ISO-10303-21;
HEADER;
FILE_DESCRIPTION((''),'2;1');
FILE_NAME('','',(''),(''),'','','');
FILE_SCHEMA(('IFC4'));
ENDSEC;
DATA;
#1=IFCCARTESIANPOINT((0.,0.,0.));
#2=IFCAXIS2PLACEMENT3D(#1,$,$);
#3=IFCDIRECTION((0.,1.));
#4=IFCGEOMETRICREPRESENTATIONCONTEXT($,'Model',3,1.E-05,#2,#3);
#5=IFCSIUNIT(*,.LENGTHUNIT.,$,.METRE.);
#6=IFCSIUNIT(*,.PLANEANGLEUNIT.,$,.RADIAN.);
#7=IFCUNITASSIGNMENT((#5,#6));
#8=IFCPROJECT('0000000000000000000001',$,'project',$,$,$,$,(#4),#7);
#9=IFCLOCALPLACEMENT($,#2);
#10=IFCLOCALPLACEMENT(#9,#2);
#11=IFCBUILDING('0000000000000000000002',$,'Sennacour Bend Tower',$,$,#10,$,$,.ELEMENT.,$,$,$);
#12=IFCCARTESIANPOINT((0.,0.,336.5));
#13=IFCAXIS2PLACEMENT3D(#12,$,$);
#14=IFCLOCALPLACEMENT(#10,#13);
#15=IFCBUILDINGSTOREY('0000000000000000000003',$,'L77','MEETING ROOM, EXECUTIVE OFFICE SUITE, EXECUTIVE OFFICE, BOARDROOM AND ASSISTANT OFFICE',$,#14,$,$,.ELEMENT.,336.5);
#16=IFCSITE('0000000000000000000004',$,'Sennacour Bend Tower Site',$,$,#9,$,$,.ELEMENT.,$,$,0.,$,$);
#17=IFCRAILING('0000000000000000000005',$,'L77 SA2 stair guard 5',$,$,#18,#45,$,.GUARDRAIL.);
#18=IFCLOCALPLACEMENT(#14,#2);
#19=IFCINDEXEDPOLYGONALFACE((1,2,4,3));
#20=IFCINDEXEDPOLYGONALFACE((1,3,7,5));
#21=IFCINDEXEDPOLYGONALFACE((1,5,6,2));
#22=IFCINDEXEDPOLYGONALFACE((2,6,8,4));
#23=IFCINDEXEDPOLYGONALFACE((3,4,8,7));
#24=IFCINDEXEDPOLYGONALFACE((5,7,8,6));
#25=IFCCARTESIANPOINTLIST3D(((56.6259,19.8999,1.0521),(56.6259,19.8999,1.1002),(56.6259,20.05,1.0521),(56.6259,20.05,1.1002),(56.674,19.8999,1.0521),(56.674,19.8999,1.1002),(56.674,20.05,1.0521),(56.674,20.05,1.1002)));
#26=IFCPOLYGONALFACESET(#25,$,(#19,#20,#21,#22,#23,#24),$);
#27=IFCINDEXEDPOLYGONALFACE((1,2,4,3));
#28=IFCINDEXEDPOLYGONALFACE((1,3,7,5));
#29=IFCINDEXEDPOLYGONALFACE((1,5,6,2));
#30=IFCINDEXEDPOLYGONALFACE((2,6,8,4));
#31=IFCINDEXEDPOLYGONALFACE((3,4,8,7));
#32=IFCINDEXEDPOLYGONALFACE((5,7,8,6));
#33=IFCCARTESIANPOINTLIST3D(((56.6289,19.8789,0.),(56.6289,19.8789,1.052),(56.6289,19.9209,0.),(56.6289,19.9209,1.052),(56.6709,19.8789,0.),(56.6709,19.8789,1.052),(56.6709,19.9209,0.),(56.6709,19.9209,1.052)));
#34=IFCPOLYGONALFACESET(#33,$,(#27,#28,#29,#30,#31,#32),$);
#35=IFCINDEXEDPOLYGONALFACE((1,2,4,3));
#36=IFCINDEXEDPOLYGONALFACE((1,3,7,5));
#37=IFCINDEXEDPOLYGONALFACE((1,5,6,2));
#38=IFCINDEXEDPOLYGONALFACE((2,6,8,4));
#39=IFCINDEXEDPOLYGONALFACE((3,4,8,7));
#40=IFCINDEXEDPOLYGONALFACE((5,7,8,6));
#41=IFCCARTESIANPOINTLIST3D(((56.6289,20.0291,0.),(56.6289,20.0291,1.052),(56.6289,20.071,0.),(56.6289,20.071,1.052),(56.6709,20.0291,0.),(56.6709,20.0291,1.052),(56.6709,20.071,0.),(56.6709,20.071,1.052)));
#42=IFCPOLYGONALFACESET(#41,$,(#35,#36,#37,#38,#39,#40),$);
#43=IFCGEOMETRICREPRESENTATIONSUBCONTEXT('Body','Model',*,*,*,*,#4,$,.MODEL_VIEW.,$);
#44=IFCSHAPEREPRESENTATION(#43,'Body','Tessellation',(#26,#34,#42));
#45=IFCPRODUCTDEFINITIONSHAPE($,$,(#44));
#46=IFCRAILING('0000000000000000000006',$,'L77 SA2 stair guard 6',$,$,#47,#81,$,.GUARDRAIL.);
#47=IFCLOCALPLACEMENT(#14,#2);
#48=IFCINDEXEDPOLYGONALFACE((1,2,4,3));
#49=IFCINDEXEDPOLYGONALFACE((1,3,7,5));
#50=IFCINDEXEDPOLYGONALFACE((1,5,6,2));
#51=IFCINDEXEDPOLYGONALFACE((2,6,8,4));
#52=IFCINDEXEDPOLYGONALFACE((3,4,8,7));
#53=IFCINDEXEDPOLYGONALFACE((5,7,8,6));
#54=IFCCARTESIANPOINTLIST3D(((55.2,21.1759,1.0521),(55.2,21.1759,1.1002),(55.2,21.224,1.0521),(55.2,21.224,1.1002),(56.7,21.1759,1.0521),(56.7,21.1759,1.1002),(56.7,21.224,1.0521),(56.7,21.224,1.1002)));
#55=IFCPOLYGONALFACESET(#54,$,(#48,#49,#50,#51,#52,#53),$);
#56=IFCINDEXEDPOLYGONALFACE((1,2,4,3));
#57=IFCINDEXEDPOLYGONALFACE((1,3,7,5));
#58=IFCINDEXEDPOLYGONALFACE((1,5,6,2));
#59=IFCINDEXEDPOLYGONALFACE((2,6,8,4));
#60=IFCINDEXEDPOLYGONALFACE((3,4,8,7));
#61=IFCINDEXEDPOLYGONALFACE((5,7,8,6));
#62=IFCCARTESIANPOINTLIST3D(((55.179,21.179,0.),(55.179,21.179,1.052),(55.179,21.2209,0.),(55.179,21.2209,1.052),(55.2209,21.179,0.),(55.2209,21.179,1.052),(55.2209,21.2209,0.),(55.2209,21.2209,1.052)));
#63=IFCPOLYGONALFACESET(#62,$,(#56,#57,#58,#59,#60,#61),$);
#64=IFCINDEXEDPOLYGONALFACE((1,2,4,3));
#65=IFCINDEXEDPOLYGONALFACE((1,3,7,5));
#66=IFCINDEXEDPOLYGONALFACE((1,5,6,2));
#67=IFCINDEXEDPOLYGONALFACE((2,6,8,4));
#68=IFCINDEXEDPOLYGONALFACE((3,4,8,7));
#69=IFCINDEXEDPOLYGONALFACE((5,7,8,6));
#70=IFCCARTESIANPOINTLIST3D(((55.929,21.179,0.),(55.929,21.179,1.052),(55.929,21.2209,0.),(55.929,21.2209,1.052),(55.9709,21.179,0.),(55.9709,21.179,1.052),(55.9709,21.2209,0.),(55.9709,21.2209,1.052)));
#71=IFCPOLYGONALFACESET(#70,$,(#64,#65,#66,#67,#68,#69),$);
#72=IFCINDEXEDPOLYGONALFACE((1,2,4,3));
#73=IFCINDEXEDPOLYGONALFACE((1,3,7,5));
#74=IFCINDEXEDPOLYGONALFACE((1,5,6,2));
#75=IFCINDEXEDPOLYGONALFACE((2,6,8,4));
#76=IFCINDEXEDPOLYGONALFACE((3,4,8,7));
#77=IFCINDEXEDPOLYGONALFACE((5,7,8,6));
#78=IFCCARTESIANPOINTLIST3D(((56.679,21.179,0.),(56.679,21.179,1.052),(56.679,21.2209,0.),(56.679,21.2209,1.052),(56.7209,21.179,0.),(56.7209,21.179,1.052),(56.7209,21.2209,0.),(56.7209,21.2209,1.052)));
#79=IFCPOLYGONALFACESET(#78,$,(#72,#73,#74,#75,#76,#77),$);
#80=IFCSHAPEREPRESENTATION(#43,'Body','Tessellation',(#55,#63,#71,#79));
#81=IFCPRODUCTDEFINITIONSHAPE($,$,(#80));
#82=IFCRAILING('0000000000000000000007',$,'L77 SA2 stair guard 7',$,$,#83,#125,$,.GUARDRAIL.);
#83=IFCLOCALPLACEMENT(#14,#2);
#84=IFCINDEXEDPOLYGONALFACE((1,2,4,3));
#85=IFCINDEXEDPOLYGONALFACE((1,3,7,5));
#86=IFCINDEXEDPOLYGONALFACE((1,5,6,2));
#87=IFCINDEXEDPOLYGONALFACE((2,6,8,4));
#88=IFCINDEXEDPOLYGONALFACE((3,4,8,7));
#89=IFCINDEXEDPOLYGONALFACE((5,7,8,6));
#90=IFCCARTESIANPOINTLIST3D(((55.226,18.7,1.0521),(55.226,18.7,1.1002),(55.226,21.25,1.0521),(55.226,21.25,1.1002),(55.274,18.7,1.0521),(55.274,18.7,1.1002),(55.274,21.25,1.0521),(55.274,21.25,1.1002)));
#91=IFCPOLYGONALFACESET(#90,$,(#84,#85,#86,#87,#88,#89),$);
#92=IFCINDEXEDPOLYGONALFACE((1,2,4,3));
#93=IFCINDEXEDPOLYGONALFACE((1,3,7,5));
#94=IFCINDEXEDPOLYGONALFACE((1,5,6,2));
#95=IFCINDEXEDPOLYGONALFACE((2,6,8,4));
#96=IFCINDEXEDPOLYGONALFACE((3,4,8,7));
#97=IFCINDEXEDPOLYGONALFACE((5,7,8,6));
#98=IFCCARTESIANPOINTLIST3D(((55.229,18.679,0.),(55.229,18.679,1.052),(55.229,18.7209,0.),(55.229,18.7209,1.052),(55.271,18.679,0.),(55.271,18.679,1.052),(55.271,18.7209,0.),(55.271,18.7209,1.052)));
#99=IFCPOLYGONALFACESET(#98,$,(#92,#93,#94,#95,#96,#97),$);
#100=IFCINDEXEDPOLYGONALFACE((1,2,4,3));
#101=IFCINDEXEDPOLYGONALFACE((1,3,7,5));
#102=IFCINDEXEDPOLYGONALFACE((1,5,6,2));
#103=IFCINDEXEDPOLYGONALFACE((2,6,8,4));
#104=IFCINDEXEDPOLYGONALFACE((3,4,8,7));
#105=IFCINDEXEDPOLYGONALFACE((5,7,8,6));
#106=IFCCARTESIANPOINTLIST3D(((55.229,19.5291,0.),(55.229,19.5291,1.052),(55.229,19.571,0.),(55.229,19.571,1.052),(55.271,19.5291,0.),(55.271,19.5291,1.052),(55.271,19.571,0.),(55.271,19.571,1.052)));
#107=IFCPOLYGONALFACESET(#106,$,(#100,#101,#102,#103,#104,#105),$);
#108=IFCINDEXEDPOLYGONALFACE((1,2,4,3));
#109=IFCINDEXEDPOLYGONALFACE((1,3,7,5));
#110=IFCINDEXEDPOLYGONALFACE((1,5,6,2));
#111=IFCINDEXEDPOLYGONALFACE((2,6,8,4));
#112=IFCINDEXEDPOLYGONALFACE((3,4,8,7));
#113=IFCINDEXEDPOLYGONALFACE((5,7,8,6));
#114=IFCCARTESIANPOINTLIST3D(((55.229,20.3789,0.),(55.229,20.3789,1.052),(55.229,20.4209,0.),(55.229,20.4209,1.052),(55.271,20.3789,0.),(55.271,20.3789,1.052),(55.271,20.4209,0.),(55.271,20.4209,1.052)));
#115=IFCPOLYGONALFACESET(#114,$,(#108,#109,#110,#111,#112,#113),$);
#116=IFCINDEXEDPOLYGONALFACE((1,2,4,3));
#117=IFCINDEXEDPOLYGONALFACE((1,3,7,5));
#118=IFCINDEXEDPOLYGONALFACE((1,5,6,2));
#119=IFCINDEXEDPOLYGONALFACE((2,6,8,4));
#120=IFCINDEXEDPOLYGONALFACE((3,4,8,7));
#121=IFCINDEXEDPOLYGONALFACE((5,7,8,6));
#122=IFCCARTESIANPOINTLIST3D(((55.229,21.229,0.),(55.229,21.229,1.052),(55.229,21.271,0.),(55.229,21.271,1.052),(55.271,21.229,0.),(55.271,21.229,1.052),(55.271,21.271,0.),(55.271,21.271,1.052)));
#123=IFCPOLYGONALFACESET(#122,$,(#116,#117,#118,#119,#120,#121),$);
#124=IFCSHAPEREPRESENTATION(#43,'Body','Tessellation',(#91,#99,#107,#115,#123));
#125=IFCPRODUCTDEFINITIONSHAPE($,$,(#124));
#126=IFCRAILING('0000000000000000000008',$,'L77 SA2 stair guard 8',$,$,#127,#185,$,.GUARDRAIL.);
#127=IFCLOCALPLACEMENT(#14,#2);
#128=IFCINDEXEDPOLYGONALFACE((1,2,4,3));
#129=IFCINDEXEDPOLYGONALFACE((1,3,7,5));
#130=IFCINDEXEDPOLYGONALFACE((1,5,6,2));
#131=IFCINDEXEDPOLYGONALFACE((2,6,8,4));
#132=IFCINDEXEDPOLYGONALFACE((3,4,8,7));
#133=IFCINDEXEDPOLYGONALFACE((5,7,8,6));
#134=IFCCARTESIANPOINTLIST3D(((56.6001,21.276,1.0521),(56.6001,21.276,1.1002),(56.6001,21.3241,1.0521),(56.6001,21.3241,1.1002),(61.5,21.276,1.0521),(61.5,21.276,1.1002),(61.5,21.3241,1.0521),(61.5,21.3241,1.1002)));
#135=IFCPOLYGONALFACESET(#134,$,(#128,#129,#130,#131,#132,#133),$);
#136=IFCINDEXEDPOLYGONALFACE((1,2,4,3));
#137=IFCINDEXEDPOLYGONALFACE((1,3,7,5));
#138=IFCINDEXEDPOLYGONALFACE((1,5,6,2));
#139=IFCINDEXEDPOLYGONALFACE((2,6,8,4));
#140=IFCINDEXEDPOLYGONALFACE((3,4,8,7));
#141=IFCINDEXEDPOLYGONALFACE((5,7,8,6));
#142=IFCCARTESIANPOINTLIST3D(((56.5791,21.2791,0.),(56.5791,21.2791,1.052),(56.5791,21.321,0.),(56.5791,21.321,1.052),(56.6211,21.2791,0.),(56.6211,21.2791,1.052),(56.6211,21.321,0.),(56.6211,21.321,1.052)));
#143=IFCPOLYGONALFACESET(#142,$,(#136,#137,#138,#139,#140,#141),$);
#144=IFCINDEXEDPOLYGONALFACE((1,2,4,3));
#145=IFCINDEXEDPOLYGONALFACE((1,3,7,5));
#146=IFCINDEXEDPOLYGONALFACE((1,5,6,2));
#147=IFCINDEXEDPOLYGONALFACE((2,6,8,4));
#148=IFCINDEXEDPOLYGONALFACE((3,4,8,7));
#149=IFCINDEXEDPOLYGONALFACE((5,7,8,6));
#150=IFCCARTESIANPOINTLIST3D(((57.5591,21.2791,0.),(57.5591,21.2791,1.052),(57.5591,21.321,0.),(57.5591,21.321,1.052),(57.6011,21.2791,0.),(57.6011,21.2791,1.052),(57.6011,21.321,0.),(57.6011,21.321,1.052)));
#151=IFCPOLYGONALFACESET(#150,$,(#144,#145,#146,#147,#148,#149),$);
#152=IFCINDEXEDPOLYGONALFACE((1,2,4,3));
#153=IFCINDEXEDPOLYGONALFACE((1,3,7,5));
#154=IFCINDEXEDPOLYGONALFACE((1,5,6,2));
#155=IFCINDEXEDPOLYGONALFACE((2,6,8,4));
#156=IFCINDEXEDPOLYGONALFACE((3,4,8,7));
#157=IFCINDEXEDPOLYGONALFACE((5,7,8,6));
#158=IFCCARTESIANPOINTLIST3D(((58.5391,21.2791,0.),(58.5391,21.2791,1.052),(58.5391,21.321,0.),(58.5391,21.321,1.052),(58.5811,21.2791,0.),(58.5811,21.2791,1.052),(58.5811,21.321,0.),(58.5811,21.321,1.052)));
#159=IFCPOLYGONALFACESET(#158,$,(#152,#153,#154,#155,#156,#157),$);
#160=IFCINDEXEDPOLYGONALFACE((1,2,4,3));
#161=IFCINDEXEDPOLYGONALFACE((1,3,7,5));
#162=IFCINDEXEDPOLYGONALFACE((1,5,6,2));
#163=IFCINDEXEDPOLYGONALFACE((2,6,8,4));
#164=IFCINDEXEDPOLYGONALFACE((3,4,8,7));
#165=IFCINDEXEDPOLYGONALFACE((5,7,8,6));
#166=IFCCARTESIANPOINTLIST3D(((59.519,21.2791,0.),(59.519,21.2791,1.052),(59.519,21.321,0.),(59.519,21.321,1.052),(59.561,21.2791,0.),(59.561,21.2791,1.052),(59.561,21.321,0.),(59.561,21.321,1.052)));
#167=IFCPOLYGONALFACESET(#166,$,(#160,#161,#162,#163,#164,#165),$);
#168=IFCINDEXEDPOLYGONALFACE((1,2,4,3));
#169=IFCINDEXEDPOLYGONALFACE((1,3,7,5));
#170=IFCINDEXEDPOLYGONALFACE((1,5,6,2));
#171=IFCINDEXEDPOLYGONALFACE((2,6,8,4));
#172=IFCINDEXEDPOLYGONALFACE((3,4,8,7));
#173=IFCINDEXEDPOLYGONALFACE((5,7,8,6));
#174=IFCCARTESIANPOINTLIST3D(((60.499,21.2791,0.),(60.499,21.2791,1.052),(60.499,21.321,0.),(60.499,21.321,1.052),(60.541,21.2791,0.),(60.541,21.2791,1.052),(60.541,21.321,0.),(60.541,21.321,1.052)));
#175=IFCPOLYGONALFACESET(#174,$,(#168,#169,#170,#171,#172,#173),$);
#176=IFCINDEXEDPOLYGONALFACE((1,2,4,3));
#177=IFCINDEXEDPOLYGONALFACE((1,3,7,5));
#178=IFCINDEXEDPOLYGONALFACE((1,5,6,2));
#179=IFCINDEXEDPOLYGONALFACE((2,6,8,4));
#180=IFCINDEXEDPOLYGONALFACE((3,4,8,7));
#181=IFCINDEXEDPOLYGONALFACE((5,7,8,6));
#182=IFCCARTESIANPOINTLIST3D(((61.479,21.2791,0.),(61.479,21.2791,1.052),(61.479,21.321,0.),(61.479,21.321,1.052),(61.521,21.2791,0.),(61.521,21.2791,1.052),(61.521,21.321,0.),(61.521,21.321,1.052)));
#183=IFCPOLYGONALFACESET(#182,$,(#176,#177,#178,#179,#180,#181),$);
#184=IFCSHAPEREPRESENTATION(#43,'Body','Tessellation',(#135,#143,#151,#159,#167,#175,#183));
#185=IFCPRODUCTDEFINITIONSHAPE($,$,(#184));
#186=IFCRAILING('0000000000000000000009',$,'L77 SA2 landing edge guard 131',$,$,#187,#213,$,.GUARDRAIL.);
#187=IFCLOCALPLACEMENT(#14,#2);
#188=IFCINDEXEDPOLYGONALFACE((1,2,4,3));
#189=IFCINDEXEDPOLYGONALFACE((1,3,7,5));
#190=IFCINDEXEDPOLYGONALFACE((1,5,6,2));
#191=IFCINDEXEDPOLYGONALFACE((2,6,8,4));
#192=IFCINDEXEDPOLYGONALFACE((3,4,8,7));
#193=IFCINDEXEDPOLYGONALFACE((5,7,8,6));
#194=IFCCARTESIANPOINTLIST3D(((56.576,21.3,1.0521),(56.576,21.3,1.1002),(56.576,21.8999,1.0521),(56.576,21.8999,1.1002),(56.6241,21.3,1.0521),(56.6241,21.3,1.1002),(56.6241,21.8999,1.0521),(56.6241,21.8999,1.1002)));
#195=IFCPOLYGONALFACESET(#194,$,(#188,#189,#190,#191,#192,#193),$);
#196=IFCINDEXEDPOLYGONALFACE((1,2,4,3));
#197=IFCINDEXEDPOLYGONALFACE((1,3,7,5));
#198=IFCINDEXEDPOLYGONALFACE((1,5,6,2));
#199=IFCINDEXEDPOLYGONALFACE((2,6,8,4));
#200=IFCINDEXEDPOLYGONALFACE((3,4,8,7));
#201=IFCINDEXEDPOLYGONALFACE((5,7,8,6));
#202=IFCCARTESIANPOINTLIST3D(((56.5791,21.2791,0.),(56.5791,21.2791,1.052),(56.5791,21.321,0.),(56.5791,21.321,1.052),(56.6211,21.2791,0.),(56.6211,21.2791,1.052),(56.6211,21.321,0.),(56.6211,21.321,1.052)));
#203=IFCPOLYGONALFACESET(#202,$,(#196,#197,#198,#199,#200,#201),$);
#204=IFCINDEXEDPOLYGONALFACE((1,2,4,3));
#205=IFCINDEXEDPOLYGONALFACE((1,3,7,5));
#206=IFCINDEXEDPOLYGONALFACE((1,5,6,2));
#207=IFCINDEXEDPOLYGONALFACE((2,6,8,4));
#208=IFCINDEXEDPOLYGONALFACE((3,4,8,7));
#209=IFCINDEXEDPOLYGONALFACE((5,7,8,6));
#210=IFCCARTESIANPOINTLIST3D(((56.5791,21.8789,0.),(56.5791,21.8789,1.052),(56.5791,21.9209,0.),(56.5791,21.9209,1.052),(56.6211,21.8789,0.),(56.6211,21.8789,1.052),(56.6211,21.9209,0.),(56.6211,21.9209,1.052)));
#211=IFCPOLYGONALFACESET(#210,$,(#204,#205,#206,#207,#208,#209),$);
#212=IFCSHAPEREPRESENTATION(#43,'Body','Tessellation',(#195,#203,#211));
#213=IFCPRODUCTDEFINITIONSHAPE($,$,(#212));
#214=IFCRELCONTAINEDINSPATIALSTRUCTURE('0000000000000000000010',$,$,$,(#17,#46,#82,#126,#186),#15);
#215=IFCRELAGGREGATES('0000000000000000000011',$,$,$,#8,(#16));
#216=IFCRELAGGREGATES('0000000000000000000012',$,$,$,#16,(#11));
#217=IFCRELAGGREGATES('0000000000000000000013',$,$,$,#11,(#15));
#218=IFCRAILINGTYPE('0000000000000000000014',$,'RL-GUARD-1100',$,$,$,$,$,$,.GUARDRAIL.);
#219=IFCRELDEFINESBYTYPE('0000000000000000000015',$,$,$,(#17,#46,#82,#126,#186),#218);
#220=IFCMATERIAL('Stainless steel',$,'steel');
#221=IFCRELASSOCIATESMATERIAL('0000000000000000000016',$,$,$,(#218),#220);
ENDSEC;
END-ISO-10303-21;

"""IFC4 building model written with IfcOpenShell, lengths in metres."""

from ifc_helpers import new_model, si_unit, direction, frame, origin, origin_2d, place, context, subcontext, project, spatial, rectangle, extrude, material, type_object, element, save


model = new_model("IFC4")

# Units and contexts
model_context = context("Model", 3, precision=1e-05, world=origin(), true_north=direction((0.0, 1.0)))
body_context = subcontext(model_context, "Body", "Model", "MODEL_VIEW")
ifc_project = project(units=[si_unit("LENGTHUNIT", "METRE"), si_unit("PLANEANGLEUNIT", "RADIAN")], contexts=[model_context])

# Site, building, storey
site_placement = place(None, origin())
site = spatial("IfcSite", under=ifc_project, at=site_placement, Name="Sennacour Bend Tower Site", CompositionType="ELEMENT", RefElevation=0.0)
building_placement = place(site_placement, origin())
building = spatial("IfcBuilding", under=site, at=building_placement, Name="Sennacour Bend Tower", CompositionType="ELEMENT")
storey_placement = place(building_placement, frame((0.0, 0.0, 336.5)))
storey = spatial("IfcBuildingStorey", under=building, at=storey_placement, Name="L77", Description="MEETING ROOM, EXECUTIVE OFFICE SUITE, EXECUTIVE OFFICE, BOARDROOM AND ASSISTANT OFFICE", CompositionType="ELEMENT", Elevation=336.5)

# Shared definitions
ifc_material_1 = material(Name="Stainless steel", Category="steel")

# Railings
railing_type = type_object("IfcRailingType", Name="RL-GUARD-1100", PredefinedType="GUARDRAIL", material=ifc_material_1)
railing_1_placement = place(storey_placement, frame((56.6499, 19.8999, 0.0)))
element("IfcRailing", 1, at=railing_1_placement, inside=storey, type_object=railing_type, Name="L77 SA2 stair guard 5", PredefinedType="GUARDRAIL", context=body_context, shape_type="SweptSolid", body=[
    extrude(rectangle(XDim=0.0481, YDim=0.0481, at=origin_2d()), frame((0.0, 0.0, 1.0762), z_axis=(0.0, 1.0, 0.0), x_axis=(-1.0, 0.0, 0.0)), (0.0, 0.0, 1.0), 0.1501),
    extrude(rectangle(XDim=0.042, YDim=0.042, at=origin_2d()), origin(), (0.0, 0.0, 1.0), 1.052),
    extrude(rectangle(XDim=0.042, YDim=0.042, at=origin_2d()), frame((0.0, 0.1501, 0.0)), (0.0, 0.0, 1.0), 1.052),
])
railing_2_placement = place(storey_placement, frame((55.2, 21.2, 0.0)))
element("IfcRailing", 2, at=railing_2_placement, inside=storey, type_object=railing_type, Name="L77 SA2 stair guard 6", PredefinedType="GUARDRAIL", context=body_context, shape_type="SweptSolid", body=[
    extrude(rectangle(XDim=0.0481, YDim=0.0481, at=origin_2d()), frame((0.0, 0.0, 1.0762), z_axis=(1.0, 0.0, 0.0), x_axis=(0.0, 1.0, 0.0)), (0.0, 0.0, 1.0), 1.5),
    extrude(rectangle(XDim=0.042, YDim=0.042, at=origin_2d()), origin(), (0.0, 0.0, 1.0), 1.052),
    extrude(rectangle(XDim=0.042, YDim=0.042, at=origin_2d()), frame((0.75, 0.0, 0.0)), (0.0, 0.0, 1.0), 1.052),
    extrude(rectangle(XDim=0.042, YDim=0.042, at=origin_2d()), frame((1.5, 0.0, 0.0)), (0.0, 0.0, 1.0), 1.052),
])
railing_3_placement = place(storey_placement, frame((55.25, 18.7, 0.0)))
element("IfcRailing", 3, at=railing_3_placement, inside=storey, type_object=railing_type, Name="L77 SA2 stair guard 7", PredefinedType="GUARDRAIL", context=body_context, shape_type="SweptSolid", body=[
    extrude(rectangle(XDim=0.0481, YDim=0.0481, at=origin_2d()), frame((0.0, 0.0, 1.0762), z_axis=(0.0, 1.0, 0.0), x_axis=(-1.0, 0.0, 0.0)), (0.0, 0.0, 1.0), 2.55),
    extrude(rectangle(XDim=0.042, YDim=0.042, at=origin_2d()), origin(), (0.0, 0.0, 1.0), 1.052),
    extrude(rectangle(XDim=0.042, YDim=0.042, at=origin_2d()), frame((0.0, 0.8501, 0.0)), (0.0, 0.0, 1.0), 1.052),
    extrude(rectangle(XDim=0.042, YDim=0.042, at=origin_2d()), frame((0.0, 1.7, 0.0)), (0.0, 0.0, 1.0), 1.052),
    extrude(rectangle(XDim=0.042, YDim=0.042, at=origin_2d()), frame((0.0, 2.55, 0.0)), (0.0, 0.0, 1.0), 1.052),
])
railing_4_placement = place(storey_placement, frame((56.6001, 21.3, 0.0)))
element("IfcRailing", 4, at=railing_4_placement, inside=storey, type_object=railing_type, Name="L77 SA2 stair guard 8", PredefinedType="GUARDRAIL", context=body_context, shape_type="SweptSolid", body=[
    extrude(rectangle(XDim=0.0481, YDim=0.0481, at=origin_2d()), frame((0.0, 0.0, 1.0762), z_axis=(1.0, 0.0, 0.0), x_axis=(0.0, 1.0, 0.0)), (0.0, 0.0, 1.0), 4.8999),
    extrude(rectangle(XDim=0.042, YDim=0.042, at=origin_2d()), origin(), (0.0, 0.0, 1.0), 1.052),
    extrude(rectangle(XDim=0.042, YDim=0.042, at=origin_2d()), frame((0.98, 0.0, 0.0)), (0.0, 0.0, 1.0), 1.052),
    extrude(rectangle(XDim=0.042, YDim=0.042, at=origin_2d()), frame((1.96, 0.0, 0.0)), (0.0, 0.0, 1.0), 1.052),
    extrude(rectangle(XDim=0.042, YDim=0.042, at=origin_2d()), frame((2.9399, 0.0, 0.0)), (0.0, 0.0, 1.0), 1.052),
    extrude(rectangle(XDim=0.042, YDim=0.042, at=origin_2d()), frame((3.9199, 0.0, 0.0)), (0.0, 0.0, 1.0), 1.052),
    extrude(rectangle(XDim=0.042, YDim=0.042, at=origin_2d()), frame((4.8999, 0.0, 0.0)), (0.0, 0.0, 1.0), 1.052),
])
railing_5_placement = place(storey_placement, frame((56.6001, 21.3, 0.0)))
element("IfcRailing", 5, at=railing_5_placement, inside=storey, type_object=railing_type, Name="L77 SA2 landing edge guard 131", PredefinedType="GUARDRAIL", context=body_context, shape_type="SweptSolid", body=[
    extrude(rectangle(XDim=0.0481, YDim=0.0481, at=origin_2d()), frame((0.0, 0.0, 1.0762), z_axis=(0.0, 1.0, 0.0), x_axis=(-1.0, 0.0, 0.0)), (0.0, 0.0, 1.0), 0.5999),
    extrude(rectangle(XDim=0.042, YDim=0.042, at=origin_2d()), origin(), (0.0, 0.0, 1.0), 1.052),
    extrude(rectangle(XDim=0.042, YDim=0.042, at=origin_2d()), frame((0.0, 0.5999, 0.0)), (0.0, 0.0, 1.0), 1.052),
])

save(model, "model.ifc")
